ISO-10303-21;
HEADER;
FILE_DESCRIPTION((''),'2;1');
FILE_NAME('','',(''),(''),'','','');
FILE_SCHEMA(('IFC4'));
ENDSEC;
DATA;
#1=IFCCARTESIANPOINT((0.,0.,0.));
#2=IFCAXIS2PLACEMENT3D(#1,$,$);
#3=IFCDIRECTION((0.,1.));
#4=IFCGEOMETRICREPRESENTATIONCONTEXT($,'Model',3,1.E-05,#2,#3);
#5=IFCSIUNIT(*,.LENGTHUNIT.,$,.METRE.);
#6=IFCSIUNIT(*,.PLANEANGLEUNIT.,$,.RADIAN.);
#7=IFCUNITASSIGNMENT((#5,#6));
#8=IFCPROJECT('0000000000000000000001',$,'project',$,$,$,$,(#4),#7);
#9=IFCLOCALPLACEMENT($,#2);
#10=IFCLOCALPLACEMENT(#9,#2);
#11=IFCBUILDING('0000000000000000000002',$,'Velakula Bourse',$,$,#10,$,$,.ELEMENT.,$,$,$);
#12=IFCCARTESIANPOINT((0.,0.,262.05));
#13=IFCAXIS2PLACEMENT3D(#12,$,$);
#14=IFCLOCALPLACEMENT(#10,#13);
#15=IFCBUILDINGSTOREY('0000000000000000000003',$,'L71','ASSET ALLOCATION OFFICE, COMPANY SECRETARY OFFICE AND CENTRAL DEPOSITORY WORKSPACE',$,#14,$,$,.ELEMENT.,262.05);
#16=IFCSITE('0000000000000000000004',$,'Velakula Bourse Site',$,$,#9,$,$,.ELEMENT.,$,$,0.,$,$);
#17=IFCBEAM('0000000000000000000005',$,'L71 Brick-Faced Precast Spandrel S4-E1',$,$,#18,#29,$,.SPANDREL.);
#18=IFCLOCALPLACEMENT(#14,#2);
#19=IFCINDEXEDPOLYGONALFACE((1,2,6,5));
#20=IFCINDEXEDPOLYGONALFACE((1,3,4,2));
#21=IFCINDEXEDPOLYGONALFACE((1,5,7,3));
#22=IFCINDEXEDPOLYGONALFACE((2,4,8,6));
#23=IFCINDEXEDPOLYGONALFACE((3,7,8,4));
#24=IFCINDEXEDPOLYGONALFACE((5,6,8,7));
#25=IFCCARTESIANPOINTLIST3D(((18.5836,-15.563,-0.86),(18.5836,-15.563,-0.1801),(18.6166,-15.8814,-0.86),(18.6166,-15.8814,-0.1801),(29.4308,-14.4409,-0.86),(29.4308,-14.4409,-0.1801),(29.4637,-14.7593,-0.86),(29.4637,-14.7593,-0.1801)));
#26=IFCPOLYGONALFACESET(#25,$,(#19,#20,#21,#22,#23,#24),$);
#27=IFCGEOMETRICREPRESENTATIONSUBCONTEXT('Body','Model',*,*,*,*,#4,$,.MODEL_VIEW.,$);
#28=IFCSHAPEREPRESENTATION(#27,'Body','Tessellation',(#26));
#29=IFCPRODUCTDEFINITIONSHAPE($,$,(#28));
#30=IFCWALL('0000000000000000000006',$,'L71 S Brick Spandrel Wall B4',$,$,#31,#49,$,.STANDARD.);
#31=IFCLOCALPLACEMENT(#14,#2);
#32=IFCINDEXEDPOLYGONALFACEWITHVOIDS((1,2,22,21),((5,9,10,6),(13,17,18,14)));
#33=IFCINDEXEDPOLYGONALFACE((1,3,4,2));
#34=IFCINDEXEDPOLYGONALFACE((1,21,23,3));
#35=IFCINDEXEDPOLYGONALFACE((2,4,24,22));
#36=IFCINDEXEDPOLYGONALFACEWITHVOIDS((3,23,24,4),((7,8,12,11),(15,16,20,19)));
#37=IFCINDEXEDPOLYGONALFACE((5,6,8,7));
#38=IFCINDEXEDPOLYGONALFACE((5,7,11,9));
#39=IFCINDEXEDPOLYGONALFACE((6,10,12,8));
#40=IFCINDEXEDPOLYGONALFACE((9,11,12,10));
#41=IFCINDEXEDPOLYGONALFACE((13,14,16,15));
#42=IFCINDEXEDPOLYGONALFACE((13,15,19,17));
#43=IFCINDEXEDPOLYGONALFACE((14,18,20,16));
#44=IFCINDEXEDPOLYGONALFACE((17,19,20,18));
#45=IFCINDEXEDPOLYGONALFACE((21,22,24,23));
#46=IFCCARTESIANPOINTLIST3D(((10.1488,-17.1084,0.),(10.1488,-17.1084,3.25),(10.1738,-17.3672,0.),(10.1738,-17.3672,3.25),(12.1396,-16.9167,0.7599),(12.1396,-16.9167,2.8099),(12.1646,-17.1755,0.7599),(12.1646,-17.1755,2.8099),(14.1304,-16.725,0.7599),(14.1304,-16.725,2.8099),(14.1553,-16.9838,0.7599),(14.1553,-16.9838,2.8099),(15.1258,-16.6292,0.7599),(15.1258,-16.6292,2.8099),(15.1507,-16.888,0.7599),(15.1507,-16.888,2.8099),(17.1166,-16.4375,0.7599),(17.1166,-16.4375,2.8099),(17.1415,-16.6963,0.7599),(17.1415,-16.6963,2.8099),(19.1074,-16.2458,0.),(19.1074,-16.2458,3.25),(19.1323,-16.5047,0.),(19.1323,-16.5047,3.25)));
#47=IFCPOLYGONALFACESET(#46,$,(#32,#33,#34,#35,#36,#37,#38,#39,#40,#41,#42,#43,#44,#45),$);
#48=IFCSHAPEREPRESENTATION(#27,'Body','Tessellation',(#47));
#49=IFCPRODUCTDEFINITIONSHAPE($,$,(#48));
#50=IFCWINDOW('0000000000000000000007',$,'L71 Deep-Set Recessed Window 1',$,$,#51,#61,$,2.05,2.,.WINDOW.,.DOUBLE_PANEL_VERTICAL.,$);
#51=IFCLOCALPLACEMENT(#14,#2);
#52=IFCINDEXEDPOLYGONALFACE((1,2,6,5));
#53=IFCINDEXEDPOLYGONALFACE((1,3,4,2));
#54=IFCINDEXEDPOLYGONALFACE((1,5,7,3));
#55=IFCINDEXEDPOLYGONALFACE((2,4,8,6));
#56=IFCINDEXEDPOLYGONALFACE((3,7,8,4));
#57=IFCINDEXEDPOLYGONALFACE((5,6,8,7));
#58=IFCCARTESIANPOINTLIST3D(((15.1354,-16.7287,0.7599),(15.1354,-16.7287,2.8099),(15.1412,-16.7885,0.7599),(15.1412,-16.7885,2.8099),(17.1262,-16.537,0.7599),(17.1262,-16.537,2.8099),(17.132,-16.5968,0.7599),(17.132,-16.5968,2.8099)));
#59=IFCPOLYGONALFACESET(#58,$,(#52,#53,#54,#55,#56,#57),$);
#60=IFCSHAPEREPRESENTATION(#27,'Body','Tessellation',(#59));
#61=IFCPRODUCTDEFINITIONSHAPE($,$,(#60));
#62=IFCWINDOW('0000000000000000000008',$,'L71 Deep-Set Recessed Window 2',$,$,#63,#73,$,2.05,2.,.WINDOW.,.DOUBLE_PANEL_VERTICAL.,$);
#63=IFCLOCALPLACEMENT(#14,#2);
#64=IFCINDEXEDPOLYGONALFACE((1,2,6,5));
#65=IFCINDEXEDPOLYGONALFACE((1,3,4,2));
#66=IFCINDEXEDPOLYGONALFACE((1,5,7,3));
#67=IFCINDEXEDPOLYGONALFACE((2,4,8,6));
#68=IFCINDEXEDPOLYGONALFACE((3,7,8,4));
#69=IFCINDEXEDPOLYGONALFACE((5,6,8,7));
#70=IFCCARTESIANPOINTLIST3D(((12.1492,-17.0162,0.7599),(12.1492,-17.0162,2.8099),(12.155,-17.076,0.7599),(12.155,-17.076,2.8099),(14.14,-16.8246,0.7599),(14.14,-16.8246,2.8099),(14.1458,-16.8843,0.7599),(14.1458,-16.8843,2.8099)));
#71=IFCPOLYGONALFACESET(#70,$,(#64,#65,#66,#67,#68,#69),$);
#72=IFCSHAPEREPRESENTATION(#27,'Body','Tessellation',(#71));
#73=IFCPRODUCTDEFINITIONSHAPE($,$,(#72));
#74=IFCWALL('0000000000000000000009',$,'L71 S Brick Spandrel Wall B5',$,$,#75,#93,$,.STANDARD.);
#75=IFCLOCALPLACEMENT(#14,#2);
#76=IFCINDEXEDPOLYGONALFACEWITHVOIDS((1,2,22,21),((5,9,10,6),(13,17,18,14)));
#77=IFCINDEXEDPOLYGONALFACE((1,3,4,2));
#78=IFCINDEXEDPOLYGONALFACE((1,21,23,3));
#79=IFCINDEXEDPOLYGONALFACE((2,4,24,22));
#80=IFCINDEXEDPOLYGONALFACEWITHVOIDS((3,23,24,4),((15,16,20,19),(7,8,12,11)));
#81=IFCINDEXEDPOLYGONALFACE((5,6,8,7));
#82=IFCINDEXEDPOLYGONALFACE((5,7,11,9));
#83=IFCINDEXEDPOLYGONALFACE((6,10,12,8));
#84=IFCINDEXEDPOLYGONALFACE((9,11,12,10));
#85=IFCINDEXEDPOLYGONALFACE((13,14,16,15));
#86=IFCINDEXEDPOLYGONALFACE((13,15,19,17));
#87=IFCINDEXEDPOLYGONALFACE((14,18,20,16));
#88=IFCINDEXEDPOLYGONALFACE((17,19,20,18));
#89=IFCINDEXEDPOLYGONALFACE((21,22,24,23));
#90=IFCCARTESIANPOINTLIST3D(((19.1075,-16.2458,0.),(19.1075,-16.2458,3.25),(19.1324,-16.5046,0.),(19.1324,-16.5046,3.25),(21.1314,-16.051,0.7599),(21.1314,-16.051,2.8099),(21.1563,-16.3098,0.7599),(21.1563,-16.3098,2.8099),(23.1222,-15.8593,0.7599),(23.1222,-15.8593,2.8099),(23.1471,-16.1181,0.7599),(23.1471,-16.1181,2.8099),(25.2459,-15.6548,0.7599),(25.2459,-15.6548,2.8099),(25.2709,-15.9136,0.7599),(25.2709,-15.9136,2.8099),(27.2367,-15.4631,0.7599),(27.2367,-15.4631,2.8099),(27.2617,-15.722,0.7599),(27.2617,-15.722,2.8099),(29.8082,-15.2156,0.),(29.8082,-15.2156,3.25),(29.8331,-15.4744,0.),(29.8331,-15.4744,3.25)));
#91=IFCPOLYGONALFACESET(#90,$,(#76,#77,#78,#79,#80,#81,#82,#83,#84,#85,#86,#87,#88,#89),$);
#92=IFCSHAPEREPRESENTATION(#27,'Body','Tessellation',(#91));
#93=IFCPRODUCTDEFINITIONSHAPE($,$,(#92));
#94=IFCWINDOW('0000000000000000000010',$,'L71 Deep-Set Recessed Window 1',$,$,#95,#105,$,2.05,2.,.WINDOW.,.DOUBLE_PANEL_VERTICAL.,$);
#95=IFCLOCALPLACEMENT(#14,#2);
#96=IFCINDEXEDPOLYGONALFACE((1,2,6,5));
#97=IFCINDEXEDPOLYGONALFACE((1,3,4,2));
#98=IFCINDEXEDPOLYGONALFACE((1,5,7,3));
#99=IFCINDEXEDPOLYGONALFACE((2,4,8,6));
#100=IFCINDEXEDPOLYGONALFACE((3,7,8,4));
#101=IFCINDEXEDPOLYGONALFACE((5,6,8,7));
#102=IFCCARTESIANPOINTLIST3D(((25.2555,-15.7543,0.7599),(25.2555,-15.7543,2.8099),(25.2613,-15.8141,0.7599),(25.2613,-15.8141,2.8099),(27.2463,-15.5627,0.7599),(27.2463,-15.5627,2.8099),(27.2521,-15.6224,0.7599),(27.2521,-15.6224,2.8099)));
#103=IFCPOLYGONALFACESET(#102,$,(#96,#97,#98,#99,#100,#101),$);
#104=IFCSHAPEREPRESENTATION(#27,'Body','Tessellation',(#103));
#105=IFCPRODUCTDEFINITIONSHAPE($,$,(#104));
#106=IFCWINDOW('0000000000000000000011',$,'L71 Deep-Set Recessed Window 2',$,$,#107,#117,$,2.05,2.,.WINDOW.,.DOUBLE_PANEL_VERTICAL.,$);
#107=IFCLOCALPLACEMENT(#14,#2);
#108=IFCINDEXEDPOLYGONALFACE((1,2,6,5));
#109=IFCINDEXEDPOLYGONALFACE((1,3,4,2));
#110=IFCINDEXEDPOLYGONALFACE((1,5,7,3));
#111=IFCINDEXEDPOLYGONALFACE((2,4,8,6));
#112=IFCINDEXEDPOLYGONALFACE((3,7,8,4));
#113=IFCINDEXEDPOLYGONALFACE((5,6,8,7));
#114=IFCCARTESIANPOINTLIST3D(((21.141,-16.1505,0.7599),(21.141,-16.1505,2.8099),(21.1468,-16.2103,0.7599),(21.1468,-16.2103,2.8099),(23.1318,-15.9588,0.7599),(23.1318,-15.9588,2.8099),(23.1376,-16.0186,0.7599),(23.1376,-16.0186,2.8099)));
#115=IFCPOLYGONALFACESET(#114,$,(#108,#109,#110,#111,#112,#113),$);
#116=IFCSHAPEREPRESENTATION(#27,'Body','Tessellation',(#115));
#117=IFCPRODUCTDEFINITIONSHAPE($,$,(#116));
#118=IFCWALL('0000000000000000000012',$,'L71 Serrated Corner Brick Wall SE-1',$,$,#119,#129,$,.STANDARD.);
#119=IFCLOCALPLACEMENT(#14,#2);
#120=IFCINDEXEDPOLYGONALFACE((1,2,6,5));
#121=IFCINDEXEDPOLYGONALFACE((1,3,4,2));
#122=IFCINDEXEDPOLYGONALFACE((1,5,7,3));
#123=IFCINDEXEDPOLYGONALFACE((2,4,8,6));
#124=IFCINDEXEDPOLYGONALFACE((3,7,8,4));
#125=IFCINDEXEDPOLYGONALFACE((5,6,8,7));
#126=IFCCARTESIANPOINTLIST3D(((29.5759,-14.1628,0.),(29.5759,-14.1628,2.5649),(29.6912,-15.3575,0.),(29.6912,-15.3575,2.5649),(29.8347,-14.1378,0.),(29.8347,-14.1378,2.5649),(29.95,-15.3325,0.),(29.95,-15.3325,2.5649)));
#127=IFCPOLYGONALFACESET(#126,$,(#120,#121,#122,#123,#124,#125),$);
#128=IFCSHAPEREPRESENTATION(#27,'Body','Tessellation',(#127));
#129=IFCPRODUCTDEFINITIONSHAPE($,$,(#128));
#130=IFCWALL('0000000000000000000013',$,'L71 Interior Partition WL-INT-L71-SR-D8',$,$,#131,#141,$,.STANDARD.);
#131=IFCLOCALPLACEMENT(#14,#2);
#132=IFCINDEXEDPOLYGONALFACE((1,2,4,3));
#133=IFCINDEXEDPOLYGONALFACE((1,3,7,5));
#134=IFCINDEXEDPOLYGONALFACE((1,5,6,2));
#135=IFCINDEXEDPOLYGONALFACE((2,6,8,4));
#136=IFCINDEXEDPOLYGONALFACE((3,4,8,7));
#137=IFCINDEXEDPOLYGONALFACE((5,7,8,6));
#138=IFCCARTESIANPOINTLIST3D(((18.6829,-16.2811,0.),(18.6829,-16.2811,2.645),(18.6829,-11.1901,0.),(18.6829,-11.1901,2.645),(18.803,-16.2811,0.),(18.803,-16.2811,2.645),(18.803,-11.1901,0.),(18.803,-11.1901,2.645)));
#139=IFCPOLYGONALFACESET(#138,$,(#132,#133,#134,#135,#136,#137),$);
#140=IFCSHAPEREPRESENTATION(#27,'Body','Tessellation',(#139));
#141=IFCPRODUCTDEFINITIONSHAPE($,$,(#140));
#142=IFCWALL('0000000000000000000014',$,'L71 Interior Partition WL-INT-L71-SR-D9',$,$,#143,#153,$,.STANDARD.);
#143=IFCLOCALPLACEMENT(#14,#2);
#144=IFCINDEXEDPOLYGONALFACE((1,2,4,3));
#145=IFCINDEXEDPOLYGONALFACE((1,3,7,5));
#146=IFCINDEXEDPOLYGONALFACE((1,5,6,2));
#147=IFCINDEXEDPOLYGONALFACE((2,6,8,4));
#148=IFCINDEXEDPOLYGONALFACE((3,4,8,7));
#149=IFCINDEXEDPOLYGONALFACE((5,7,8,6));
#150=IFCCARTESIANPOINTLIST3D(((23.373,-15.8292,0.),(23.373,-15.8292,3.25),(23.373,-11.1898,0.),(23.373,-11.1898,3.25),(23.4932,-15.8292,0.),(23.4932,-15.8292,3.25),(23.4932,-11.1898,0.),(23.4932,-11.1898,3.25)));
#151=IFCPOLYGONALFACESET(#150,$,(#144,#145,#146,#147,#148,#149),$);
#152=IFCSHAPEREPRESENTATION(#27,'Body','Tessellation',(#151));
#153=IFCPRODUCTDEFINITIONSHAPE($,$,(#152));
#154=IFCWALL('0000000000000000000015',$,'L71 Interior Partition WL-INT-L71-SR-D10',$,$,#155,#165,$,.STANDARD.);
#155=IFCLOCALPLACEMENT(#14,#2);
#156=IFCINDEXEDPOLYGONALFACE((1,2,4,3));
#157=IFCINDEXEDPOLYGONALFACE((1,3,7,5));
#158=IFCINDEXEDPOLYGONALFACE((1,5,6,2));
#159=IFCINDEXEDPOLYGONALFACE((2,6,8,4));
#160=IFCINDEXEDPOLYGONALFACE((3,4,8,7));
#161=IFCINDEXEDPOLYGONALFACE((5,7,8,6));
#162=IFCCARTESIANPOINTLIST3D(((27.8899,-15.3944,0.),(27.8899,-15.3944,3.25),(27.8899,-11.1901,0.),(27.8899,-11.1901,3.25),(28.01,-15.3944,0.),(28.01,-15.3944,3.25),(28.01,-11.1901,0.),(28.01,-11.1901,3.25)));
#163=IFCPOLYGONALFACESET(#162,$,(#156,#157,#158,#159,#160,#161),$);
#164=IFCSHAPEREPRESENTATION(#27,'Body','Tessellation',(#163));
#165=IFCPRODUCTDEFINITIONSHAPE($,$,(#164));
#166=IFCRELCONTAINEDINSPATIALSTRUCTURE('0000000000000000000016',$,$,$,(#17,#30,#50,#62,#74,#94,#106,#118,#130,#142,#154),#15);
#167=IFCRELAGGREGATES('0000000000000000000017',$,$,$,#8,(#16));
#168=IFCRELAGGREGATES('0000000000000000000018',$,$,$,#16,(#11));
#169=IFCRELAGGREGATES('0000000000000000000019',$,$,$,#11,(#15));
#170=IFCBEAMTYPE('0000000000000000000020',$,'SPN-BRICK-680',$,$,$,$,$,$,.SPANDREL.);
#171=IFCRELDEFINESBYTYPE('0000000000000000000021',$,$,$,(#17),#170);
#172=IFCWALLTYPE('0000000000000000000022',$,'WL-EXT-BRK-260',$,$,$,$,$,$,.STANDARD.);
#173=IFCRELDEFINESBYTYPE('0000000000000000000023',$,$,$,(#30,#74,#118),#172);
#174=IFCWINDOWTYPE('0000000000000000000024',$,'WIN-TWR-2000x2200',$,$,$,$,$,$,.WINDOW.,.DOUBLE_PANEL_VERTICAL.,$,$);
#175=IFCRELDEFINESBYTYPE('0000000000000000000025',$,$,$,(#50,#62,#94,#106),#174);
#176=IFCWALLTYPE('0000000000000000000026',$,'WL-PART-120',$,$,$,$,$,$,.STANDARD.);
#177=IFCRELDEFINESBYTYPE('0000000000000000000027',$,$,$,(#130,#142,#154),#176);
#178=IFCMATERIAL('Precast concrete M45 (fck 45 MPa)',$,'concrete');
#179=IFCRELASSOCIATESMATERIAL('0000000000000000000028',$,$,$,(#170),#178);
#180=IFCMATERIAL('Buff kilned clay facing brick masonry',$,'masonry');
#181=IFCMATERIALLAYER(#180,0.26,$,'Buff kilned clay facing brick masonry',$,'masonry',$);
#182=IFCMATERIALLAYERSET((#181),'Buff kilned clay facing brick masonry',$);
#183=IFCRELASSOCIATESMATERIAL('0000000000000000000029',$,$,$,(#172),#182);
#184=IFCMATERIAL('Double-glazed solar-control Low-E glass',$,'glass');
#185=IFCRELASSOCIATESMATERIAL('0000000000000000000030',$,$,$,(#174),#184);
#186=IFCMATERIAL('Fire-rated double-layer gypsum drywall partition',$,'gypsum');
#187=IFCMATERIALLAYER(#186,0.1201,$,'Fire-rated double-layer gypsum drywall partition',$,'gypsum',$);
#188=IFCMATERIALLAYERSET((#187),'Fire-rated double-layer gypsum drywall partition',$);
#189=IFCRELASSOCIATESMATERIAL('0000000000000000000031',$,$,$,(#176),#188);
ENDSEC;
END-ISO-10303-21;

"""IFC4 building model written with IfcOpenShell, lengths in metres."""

from ifc_helpers import new_model, si_unit, direction, frame, frame_2d, origin, origin_2d, place, context, subcontext, project, spatial, rectangle, extrude, material, layer, layer_set, material_profile, profile_set, type_object, element, fill, save


model = new_model("IFC4")

# Units and contexts
model_context = context("Model", 3, precision=1e-05, world=origin(), true_north=direction((0.0, 1.0)))
body_context = subcontext(model_context, "Body", "Model", "MODEL_VIEW")
ifc_project = project(units=[si_unit("LENGTHUNIT", "METRE"), si_unit("PLANEANGLEUNIT", "RADIAN")], contexts=[model_context])

# Site, building, storey
site_placement = place(None, origin())
site = spatial("IfcSite", under=ifc_project, at=site_placement, Name="Velakula Bourse Site", CompositionType="ELEMENT", RefElevation=0.0)
building_placement = place(site_placement, origin())
building = spatial("IfcBuilding", under=site, at=building_placement, Name="Velakula Bourse", CompositionType="ELEMENT")
storey_placement = place(building_placement, frame((0.0, 0.0, 262.05)))
storey = spatial("IfcBuildingStorey", under=building, at=storey_placement, Name="L71", Description="ASSET ALLOCATION OFFICE, COMPANY SECRETARY OFFICE AND CENTRAL DEPOSITORY WORKSPACE", CompositionType="ELEMENT", Elevation=262.05)

# Beam
ifc_material_1 = material(Name="Precast concrete M45 (fck 45 MPa)", Category="concrete")
ifc_material_profile_1 = material_profile(ifc_material_1, rectangle(XDim=0.3201, YDim=0.6799, at=origin_2d()), Name="Precast concrete M45 (fck 45 MPa)")
ifc_profile_set_1 = profile_set([ifc_material_profile_1], Name="Precast concrete M45 (fck 45 MPa)")
beam_type_1 = type_object("IfcBeamType", Name="SPN-BRICK-680", PredefinedType="SPANDREL", material=ifc_profile_set_1)
beam_1_placement = place(storey_placement, frame((18.6001, -15.7222, -0.52), z_axis=(0.994692, 0.102895, 0.0), x_axis=(-0.102895, 0.994692, 0.0)))
element("IfcBeam", 1, at=beam_1_placement, inside=storey, type_object=beam_type_1, Name="L71 Brick-Faced Precast Spandrel S4-E1", PredefinedType="SPANDREL", context=body_context, shape_type="SweptSolid", body=[
    extrude(rectangle(XDim=0.3201, YDim=0.6799, at=origin_2d()), origin(), (0.0, 0.0, 1.0), 10.905),
])

# Walls, openings, windows
ifc_material_2 = material(Name="Buff kilned clay facing brick masonry", Category="masonry")
ifc_layer_1 = layer(ifc_material_2, 0.26, Name="Buff kilned clay facing brick masonry", Category="masonry")
ifc_layer_set_1 = layer_set([ifc_layer_1], Name="Buff kilned clay facing brick masonry")
wall_type_1 = type_object("IfcWallType", Name="WL-EXT-BRK-260", PredefinedType="STANDARD", material=ifc_layer_set_1)
wall_1_placement = place(storey_placement, frame((19.1199, -16.3752, 0.0), z_axis=(0.0, 0.0, 1.0), x_axis=(-0.995397, -0.09584, 0.0)))
wall_1 = element("IfcWall", 2, at=wall_1_placement, inside=storey, type_object=wall_type_1, Name="L71 S Brick Spandrel Wall B4", PredefinedType="STANDARD", context=body_context, shape_type="SweptSolid", body=[
    extrude(rectangle(XDim=9.0, YDim=0.26, at=frame_2d((4.5, 0.0))), origin(), (0.0, 0.0, 1.0), 3.25),
])
opening_1_placement = place(wall_1_placement, frame((2.0, 0.0, 0.76)))
opening_1 = element("IfcOpeningElement", 3, at=opening_1_placement, cuts=wall_1, PredefinedType="OPENING", context=body_context, shape_type="SweptSolid", body=[
    extrude(rectangle(XDim=2.0, YDim=2.05, at=frame_2d((1.0, 1.0249))), frame((0.0, 0.1399, 0.0), z_axis=(0.0, -1.0, 0.0), x_axis=(1.0, 0.0, 0.0)), (0.0, 0.0, 1.0), 0.28),
])
opening_2_placement = place(wall_1_placement, frame((5.0, 0.0, 0.76)))
opening_2 = element("IfcOpeningElement", 4, at=opening_2_placement, cuts=wall_1, PredefinedType="OPENING", context=body_context, shape_type="SweptSolid", body=[
    extrude(rectangle(XDim=2.0, YDim=2.05, at=frame_2d((1.0, 1.0249))), frame((0.0, 0.1399, 0.0), z_axis=(0.0, -1.0, 0.0), x_axis=(1.0, 0.0, 0.0)), (0.0, 0.0, 1.0), 0.28),
])
ifc_material_3 = material(Name="Double-glazed solar-control Low-E glass", Category="glass")
window_type = type_object("IfcWindowType", Name="WIN-TWR-2000x2200", PartitioningType="DOUBLE_PANEL_VERTICAL", PredefinedType="WINDOW", material=ifc_material_3)
window_1_placement = place(opening_1_placement, origin())
window_1 = element("IfcWindow", 5, at=window_1_placement, inside=storey, type_object=window_type, Name="L71 Deep-Set Recessed Window 1", OverallHeight=2.05, OverallWidth=2.0, PartitioningType="DOUBLE_PANEL_VERTICAL", PredefinedType="WINDOW", context=body_context, shape_type="SweptSolid", body=[
    extrude(rectangle(XDim=2.0, YDim=2.05, at=frame_2d((1.0, 1.0249))), frame((0.0, 0.03, 0.0), z_axis=(0.0, -1.0, 0.0), x_axis=(1.0, 0.0, 0.0)), (0.0, 0.0, 1.0), 0.0601),
])
fill(opening_1, window_1)
window_2_placement = place(opening_2_placement, origin())
window_2 = element("IfcWindow", 6, at=window_2_placement, inside=storey, type_object=window_type, Name="L71 Deep-Set Recessed Window 2", OverallHeight=2.05, OverallWidth=2.0, PartitioningType="DOUBLE_PANEL_VERTICAL", PredefinedType="WINDOW", context=body_context, shape_type="SweptSolid", body=[
    extrude(rectangle(XDim=2.0, YDim=2.05, at=frame_2d((1.0, 1.0249))), frame((0.0, 0.03, 0.0), z_axis=(0.0, -1.0, 0.0), x_axis=(1.0, 0.0, 0.0)), (0.0, 0.0, 1.0), 0.0601),
])
fill(opening_2, window_2)
wall_2_placement = place(storey_placement, frame((29.8206, -15.345, 0.0), z_axis=(0.0, 0.0, 1.0), x_axis=(-0.995397, -0.095838, 0.0)))
wall_2 = element("IfcWall", 7, at=wall_2_placement, inside=storey, type_object=wall_type_1, Name="L71 S Brick Spandrel Wall B5", PredefinedType="STANDARD", context=body_context, shape_type="SweptSolid", body=[
    extrude(rectangle(XDim=10.7502, YDim=0.26, at=frame_2d((5.375, 0.0))), origin(), (0.0, 0.0, 1.0), 3.25),
])
opening_3_placement = place(wall_2_placement, frame((2.5833, 0.0, 0.76)))
opening_3 = element("IfcOpeningElement", 8, at=opening_3_placement, cuts=wall_2, PredefinedType="OPENING", context=body_context, shape_type="SweptSolid", body=[
    extrude(rectangle(XDim=2.0, YDim=2.05, at=frame_2d((1.0, 1.0249))), frame((0.0, 0.1399, 0.0), z_axis=(0.0, -1.0, 0.0), x_axis=(1.0, 0.0, 0.0)), (0.0, 0.0, 1.0), 0.28),
])
opening_4_placement = place(wall_2_placement, frame((6.7168, 0.0, 0.76)))
opening_4 = element("IfcOpeningElement", 9, at=opening_4_placement, cuts=wall_2, PredefinedType="OPENING", context=body_context, shape_type="SweptSolid", body=[
    extrude(rectangle(XDim=2.0, YDim=2.05, at=frame_2d((1.0, 1.0249))), frame((0.0, 0.1399, 0.0), z_axis=(0.0, -1.0, 0.0), x_axis=(1.0, 0.0, 0.0)), (0.0, 0.0, 1.0), 0.28),
])
window_3_placement = place(opening_3_placement, origin())
window_3 = element("IfcWindow", 10, at=window_3_placement, inside=storey, type_object=window_type, Name="L71 Deep-Set Recessed Window 1", OverallHeight=2.05, OverallWidth=2.0, PartitioningType="DOUBLE_PANEL_VERTICAL", PredefinedType="WINDOW", context=body_context, shape_type="SweptSolid", body=[
    extrude(rectangle(XDim=2.0, YDim=2.05, at=frame_2d((1.0, 1.0249))), frame((0.0, 0.03, 0.0), z_axis=(0.0, -1.0, 0.0), x_axis=(1.0, 0.0, 0.0)), (0.0, 0.0, 1.0), 0.0601),
])
fill(opening_3, window_3)
window_4_placement = place(opening_4_placement, origin())
window_4 = element("IfcWindow", 11, at=window_4_placement, inside=storey, type_object=window_type, Name="L71 Deep-Set Recessed Window 2", OverallHeight=2.05, OverallWidth=2.0, PartitioningType="DOUBLE_PANEL_VERTICAL", PredefinedType="WINDOW", context=body_context, shape_type="SweptSolid", body=[
    extrude(rectangle(XDim=2.0, YDim=2.05, at=frame_2d((1.0, 1.0249))), frame((0.0, 0.03, 0.0), z_axis=(0.0, -1.0, 0.0), x_axis=(1.0, 0.0, 0.0)), (0.0, 0.0, 1.0), 0.0601),
])
fill(opening_4, window_4)

# Walls
wall_3_placement = place(storey_placement, frame((29.8206, -15.345, 0.0), z_axis=(0.0, 0.0, 1.0), x_axis=(-0.096019, 0.99538, 0.0)))
element("IfcWall", 12, at=wall_3_placement, inside=storey, type_object=wall_type_1, Name="L71 Serrated Corner Brick Wall SE-1", PredefinedType="STANDARD", context=body_context, shape_type="SweptSolid", body=[
    extrude(rectangle(XDim=1.2002, YDim=0.26, at=frame_2d((0.6001, 0.0))), origin(), (0.0, 0.0, 1.0), 2.5649),
])
ifc_material_4 = material(Name="Fire-rated double-layer gypsum drywall partition", Category="gypsum")
ifc_layer_2 = layer(ifc_material_4, 0.1201, Name="Fire-rated double-layer gypsum drywall partition", Category="gypsum")
ifc_layer_set_2 = layer_set([ifc_layer_2], Name="Fire-rated double-layer gypsum drywall partition")
wall_type_2 = type_object("IfcWallType", Name="WL-PART-120", PredefinedType="STANDARD", material=ifc_layer_set_2)
wall_4_placement = place(storey_placement, frame((18.7429, -16.281, 0.0), z_axis=(0.0, 0.0, 1.0), x_axis=(0.0, 1.0, 0.0)))
element("IfcWall", 13, at=wall_4_placement, inside=storey, type_object=wall_type_2, Name="L71 Interior Partition WL-INT-L71-SR-D8", PredefinedType="STANDARD", context=body_context, shape_type="SweptSolid", body=[
    extrude(rectangle(XDim=5.0911, YDim=0.1201, at=frame_2d((2.5454, 0.0))), origin(), (0.0, 0.0, 1.0), 2.645),
])
wall_5_placement = place(storey_placement, frame((23.4331, -15.8293, 0.0), z_axis=(0.0, 0.0, 1.0), x_axis=(0.0, 1.0, 0.0)))
element("IfcWall", 14, at=wall_5_placement, inside=storey, type_object=wall_type_2, Name="L71 Interior Partition WL-INT-L71-SR-D9", PredefinedType="STANDARD", context=body_context, shape_type="SweptSolid", body=[
    extrude(rectangle(XDim=4.6394, YDim=0.1201, at=frame_2d((2.3198, 0.0))), origin(), (0.0, 0.0, 1.0), 3.25),
])
wall_6_placement = place(storey_placement, frame((27.95, -15.3943, 0.0), z_axis=(0.0, 0.0, 1.0), x_axis=(0.0, 1.0, 0.0)))
element("IfcWall", 15, at=wall_6_placement, inside=storey, type_object=wall_type_2, Name="L71 Interior Partition WL-INT-L71-SR-D10", PredefinedType="STANDARD", context=body_context, shape_type="SweptSolid", body=[
    extrude(rectangle(XDim=4.2043, YDim=0.1201, at=frame_2d((2.1021, 0.0))), origin(), (0.0, 0.0, 1.0), 3.25),
])

save(model, "model.ifc")
